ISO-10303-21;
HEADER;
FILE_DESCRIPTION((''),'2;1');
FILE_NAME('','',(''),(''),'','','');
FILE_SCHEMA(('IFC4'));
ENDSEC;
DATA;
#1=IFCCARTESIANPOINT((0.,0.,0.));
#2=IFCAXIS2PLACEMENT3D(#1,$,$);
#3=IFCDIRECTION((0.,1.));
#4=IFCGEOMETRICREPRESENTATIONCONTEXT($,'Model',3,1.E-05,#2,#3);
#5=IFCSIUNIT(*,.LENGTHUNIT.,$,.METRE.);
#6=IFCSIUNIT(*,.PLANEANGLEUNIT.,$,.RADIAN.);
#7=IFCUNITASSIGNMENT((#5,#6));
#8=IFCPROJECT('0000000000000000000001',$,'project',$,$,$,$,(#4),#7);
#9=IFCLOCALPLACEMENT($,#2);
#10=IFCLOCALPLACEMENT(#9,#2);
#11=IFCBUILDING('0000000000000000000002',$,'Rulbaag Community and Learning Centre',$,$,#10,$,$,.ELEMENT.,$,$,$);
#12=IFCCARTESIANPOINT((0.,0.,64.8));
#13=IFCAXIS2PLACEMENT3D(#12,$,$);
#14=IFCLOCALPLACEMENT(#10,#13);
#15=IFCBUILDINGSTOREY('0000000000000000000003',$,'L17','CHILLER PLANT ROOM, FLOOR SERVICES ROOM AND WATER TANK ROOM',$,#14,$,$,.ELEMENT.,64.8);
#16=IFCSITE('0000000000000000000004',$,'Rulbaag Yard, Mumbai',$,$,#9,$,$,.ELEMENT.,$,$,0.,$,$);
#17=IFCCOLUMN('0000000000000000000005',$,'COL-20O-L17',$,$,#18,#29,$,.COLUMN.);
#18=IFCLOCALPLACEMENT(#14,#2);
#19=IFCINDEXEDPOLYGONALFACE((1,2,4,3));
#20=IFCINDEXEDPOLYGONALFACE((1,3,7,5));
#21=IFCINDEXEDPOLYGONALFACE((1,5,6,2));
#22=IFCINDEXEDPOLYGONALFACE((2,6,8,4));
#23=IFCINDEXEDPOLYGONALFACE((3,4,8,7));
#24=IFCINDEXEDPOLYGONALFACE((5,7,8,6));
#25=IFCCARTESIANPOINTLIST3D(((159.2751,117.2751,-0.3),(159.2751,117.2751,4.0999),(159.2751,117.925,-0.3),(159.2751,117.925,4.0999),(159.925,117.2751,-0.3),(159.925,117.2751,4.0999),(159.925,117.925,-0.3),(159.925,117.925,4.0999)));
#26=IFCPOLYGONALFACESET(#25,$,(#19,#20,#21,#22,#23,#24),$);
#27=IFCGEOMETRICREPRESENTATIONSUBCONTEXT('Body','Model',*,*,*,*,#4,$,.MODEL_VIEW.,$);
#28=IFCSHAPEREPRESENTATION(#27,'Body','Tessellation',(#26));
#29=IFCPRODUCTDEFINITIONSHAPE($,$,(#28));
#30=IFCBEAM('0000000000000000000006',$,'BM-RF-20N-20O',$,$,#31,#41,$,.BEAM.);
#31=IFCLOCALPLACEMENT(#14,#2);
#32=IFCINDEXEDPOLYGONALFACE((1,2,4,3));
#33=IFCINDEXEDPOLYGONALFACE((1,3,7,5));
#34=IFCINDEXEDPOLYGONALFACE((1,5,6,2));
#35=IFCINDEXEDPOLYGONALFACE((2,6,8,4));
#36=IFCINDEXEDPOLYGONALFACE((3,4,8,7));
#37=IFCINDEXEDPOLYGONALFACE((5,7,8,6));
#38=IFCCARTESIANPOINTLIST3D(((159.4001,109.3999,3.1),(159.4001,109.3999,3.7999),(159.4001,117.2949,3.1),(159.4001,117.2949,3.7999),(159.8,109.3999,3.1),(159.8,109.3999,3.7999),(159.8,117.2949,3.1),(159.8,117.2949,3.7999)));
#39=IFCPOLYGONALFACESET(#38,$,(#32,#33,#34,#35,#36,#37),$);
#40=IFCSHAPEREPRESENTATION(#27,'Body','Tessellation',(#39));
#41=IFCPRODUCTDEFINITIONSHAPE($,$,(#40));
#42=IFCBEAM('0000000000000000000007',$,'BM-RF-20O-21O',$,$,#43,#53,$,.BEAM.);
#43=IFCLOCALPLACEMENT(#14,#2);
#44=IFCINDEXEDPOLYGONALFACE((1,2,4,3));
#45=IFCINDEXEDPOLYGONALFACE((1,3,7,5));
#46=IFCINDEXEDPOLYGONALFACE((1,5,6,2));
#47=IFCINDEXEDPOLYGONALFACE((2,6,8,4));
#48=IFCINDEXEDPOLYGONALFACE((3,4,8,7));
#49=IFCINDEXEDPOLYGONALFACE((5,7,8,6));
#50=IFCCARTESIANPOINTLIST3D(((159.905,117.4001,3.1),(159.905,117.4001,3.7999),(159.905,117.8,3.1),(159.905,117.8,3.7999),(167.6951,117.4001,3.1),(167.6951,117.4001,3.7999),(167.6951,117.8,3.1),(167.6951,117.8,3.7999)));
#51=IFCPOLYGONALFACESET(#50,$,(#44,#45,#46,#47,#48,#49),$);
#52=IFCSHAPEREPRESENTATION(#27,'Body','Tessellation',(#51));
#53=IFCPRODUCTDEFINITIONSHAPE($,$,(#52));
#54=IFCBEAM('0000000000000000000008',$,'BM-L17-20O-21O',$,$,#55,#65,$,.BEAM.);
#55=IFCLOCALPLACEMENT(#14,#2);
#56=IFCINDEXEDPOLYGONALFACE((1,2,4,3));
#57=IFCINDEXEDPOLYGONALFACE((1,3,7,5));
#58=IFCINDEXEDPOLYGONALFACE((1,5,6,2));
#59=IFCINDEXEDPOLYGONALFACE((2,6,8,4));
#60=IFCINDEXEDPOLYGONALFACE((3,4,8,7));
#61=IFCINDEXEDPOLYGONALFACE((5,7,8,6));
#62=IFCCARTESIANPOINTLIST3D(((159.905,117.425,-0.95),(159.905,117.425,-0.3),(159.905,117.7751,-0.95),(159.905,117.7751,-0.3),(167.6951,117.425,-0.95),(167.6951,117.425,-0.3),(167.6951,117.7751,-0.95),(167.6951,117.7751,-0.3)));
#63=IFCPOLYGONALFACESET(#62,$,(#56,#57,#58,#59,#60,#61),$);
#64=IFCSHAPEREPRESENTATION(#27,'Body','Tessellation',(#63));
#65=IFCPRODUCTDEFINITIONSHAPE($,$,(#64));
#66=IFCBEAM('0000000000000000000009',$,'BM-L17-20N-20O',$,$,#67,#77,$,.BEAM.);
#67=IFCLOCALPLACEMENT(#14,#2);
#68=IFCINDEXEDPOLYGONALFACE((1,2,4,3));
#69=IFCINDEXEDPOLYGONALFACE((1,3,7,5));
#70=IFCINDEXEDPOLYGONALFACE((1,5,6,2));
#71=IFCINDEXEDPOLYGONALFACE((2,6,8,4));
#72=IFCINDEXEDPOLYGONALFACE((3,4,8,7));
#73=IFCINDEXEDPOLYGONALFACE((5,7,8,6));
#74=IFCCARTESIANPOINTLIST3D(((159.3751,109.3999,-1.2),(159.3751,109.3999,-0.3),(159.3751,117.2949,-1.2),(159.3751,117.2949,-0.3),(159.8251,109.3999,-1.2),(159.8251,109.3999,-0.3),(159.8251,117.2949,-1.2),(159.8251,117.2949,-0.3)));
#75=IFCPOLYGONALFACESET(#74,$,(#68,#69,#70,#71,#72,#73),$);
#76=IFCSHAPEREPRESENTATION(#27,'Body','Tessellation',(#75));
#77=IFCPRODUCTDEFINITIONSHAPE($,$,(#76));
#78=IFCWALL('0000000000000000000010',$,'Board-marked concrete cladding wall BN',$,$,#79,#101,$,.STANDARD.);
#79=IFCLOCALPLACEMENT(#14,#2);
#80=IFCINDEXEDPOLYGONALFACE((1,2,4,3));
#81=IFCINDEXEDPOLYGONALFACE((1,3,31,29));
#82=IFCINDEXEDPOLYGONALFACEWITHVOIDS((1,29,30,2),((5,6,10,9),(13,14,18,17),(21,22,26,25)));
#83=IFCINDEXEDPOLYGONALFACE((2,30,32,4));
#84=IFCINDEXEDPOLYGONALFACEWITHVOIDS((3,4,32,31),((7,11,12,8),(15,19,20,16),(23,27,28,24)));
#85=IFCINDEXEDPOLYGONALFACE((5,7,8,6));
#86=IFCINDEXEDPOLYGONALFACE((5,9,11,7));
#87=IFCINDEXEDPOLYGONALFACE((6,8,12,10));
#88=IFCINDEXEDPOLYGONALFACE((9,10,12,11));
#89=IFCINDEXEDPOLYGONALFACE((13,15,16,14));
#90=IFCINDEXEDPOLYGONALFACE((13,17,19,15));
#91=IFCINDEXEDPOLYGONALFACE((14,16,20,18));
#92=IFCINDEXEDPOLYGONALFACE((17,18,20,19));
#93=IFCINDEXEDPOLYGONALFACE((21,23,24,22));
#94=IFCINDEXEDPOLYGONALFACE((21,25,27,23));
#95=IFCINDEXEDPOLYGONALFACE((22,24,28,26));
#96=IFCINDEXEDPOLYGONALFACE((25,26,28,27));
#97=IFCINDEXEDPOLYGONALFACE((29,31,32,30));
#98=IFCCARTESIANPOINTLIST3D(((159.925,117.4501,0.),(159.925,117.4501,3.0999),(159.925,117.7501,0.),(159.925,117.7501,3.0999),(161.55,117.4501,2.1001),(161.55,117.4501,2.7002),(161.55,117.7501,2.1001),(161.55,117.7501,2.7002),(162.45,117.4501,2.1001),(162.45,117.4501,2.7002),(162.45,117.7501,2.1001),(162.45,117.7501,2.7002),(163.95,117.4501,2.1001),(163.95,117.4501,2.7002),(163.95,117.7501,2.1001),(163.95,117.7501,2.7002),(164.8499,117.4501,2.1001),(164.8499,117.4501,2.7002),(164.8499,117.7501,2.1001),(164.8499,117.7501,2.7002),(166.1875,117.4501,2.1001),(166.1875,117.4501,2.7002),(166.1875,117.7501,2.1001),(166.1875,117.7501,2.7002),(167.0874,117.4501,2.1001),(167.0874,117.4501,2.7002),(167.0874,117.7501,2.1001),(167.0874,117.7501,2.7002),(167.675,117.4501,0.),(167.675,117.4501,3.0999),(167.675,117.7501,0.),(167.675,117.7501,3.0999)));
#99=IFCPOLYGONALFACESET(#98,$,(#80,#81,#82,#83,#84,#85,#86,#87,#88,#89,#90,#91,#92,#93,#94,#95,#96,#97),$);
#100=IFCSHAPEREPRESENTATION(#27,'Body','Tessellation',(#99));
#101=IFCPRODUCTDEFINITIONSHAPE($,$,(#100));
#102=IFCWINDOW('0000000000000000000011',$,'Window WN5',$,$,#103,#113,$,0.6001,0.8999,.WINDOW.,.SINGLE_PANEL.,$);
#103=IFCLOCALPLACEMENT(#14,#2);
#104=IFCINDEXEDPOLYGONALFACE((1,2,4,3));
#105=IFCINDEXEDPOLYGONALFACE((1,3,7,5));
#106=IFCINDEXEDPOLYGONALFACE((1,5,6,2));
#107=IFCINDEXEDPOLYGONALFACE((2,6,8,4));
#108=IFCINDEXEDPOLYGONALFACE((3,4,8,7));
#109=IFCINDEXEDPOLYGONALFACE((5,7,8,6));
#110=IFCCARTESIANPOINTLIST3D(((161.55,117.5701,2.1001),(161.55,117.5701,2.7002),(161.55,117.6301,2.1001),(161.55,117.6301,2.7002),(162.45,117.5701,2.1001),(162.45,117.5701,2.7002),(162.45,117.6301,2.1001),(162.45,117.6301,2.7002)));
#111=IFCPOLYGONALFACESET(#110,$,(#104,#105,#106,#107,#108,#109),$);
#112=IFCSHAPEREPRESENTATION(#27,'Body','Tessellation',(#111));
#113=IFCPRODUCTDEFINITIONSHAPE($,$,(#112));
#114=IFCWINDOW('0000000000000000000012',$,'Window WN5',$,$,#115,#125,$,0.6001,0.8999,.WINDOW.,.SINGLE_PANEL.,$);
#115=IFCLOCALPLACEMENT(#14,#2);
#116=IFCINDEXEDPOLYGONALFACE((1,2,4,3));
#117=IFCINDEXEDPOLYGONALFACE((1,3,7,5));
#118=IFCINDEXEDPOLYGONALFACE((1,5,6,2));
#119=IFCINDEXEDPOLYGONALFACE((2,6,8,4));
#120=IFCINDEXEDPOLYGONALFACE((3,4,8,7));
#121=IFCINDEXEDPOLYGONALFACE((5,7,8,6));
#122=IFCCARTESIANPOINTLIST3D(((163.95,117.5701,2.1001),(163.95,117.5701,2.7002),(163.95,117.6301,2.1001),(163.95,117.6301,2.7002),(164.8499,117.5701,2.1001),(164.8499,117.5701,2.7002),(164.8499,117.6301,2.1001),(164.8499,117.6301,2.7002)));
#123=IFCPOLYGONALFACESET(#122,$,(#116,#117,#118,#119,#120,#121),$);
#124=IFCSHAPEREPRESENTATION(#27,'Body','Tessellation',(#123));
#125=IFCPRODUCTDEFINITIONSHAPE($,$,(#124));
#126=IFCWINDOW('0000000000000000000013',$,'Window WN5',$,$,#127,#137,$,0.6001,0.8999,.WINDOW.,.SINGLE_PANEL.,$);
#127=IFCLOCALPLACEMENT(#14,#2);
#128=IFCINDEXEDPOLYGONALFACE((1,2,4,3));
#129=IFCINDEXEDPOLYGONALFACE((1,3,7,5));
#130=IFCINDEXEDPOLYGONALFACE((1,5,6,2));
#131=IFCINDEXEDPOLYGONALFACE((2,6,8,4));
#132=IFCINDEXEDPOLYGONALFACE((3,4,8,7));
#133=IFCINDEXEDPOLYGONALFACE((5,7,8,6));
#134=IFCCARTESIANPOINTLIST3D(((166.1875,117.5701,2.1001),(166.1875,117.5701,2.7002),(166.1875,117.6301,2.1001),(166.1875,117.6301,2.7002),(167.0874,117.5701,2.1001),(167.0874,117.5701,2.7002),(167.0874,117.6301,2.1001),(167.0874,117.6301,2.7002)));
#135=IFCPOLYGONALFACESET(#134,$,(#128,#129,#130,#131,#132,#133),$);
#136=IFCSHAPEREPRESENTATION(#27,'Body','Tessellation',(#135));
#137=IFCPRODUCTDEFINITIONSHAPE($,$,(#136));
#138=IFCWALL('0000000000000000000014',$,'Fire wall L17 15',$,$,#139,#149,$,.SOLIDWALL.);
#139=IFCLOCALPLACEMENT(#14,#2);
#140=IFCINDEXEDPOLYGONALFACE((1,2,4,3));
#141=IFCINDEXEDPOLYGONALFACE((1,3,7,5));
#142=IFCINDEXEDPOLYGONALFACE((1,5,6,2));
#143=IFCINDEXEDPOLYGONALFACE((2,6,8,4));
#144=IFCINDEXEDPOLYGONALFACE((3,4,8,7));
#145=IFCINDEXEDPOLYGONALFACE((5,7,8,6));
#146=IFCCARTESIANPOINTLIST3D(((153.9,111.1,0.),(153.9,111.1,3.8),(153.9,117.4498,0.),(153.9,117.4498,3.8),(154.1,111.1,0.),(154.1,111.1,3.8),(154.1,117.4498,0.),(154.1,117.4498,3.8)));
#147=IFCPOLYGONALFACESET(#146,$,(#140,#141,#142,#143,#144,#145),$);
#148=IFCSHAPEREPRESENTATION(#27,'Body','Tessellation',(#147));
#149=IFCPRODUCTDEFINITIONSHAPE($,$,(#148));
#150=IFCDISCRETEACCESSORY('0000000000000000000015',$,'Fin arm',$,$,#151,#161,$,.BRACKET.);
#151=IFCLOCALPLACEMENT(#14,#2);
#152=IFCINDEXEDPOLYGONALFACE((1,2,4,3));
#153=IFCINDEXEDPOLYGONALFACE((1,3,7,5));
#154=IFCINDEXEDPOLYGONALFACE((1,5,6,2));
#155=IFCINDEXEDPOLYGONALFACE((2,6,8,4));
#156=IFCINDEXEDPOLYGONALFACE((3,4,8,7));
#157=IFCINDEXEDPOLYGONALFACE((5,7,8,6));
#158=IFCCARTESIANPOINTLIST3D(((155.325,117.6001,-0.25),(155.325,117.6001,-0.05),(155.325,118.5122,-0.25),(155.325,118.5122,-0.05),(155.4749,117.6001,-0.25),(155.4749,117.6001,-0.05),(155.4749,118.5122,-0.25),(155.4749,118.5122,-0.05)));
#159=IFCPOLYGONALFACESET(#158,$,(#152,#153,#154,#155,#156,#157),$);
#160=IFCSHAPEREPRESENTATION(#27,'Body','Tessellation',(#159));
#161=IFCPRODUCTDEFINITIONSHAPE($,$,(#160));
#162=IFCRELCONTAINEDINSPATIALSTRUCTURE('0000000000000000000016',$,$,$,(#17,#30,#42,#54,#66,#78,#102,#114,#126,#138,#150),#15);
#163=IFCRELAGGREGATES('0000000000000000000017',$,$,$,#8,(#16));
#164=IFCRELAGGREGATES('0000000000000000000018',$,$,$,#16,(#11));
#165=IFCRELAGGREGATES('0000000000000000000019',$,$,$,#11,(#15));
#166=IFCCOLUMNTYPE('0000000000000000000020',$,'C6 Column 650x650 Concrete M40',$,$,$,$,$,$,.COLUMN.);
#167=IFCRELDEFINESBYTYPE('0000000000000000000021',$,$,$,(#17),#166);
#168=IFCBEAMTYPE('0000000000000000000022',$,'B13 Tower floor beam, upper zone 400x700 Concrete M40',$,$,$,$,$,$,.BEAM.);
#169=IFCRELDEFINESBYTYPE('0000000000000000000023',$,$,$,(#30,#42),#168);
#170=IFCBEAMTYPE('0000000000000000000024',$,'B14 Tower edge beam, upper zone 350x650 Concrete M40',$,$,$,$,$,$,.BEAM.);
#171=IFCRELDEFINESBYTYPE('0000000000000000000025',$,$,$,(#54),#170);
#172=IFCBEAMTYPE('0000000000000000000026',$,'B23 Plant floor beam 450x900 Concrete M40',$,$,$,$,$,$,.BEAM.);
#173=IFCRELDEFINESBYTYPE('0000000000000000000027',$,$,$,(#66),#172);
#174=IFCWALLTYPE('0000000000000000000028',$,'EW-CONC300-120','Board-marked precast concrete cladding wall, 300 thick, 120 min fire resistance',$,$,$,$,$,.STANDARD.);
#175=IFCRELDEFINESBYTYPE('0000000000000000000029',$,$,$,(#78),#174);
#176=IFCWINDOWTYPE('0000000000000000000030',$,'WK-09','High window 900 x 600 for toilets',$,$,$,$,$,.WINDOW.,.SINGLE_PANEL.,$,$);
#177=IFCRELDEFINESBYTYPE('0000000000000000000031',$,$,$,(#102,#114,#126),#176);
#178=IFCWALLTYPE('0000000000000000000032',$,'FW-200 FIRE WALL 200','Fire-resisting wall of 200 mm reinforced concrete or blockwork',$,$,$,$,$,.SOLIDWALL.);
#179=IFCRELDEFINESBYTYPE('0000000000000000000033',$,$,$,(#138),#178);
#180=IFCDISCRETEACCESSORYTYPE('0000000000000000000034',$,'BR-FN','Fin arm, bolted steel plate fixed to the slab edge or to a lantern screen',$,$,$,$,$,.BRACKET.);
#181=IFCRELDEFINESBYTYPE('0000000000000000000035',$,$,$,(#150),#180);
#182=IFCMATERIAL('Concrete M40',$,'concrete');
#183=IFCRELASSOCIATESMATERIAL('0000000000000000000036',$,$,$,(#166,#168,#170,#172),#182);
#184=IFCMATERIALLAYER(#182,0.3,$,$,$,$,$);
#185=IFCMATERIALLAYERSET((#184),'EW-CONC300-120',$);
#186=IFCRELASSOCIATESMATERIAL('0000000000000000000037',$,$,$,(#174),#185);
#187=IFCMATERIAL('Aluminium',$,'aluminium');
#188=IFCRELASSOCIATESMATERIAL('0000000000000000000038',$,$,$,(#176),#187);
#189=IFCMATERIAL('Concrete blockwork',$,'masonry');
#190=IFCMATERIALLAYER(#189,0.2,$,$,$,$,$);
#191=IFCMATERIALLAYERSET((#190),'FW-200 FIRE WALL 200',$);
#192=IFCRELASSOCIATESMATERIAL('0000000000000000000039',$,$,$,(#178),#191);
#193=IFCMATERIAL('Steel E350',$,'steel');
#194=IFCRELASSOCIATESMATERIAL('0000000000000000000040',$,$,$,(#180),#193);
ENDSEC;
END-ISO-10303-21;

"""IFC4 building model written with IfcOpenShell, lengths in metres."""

from ifc_helpers import new_model, si_unit, direction, frame, frame_2d, origin, origin_2d, place, context, subcontext, project, spatial, rectangle, extrude, material, layer, layer_set, material_profile, profile_set, type_object, element, fill, save


model = new_model("IFC4")

# Units and contexts
model_context = context("Model", 3, precision=1e-05, world=origin(), true_north=direction((0.0, 1.0)))
body_context = subcontext(model_context, "Body", "Model", "MODEL_VIEW")
ifc_project = project(units=[si_unit("LENGTHUNIT", "METRE"), si_unit("PLANEANGLEUNIT", "RADIAN")], contexts=[model_context])

# Site, building, storey
site_placement = place(None, origin())
site = spatial("IfcSite", under=ifc_project, at=site_placement, Name="Rulbaag Yard, Mumbai", CompositionType="ELEMENT", RefElevation=0.0)
building_placement = place(site_placement, origin())
building = spatial("IfcBuilding", under=site, at=building_placement, Name="Rulbaag Community and Learning Centre", CompositionType="ELEMENT")
storey_placement = place(building_placement, frame((0.0, 0.0, 64.8)))
storey = spatial("IfcBuildingStorey", under=building, at=storey_placement, Name="L17", Description="CHILLER PLANT ROOM, FLOOR SERVICES ROOM AND WATER TANK ROOM", CompositionType="ELEMENT", Elevation=64.8)

# Column
ifc_material_1 = material(Name="Concrete M40", Category="concrete")
ifc_material_profile_1 = material_profile(ifc_material_1, rectangle(XDim=0.6499, YDim=0.6499, at=origin_2d()), Name="RC650x650")
ifc_profile_set_1 = profile_set([ifc_material_profile_1], Name="Concrete M40")
column_type = type_object("IfcColumnType", Name="C6 Column 650x650 Concrete M40", PredefinedType="COLUMN", material=ifc_profile_set_1)
column_placement = place(storey_placement, frame((159.6001, 117.6001, -0.3), z_axis=(0.0, 0.0, 1.0), x_axis=(1.0, 0.0, 0.0)))
element("IfcColumn", 1, at=column_placement, inside=storey, type_object=column_type, Name="COL-20O-L17", PredefinedType="COLUMN", context=body_context, shape_type="SweptSolid", body=[
    extrude(rectangle(XDim=0.6499, YDim=0.6499, at=origin_2d()), origin(), (0.0, 0.0, 1.0), 4.3999),
])

# Beams
ifc_material_profile_2 = material_profile(ifc_material_1, rectangle(XDim=0.3999, YDim=0.7, at=origin_2d()), Name="RB400x700")
ifc_profile_set_2 = profile_set([ifc_material_profile_2], Name="Concrete M40")
beam_type_1 = type_object("IfcBeamType", Name="B13 Tower floor beam, upper zone 400x700 Concrete M40", PredefinedType="BEAM", material=ifc_profile_set_2)
beam_1_placement = place(storey_placement, frame((159.6001, 109.3999, 3.45), z_axis=(0.0, 1.0, 0.0), x_axis=(-1.0, 0.0, 0.0)))
element("IfcBeam", 2, at=beam_1_placement, inside=storey, type_object=beam_type_1, Name="BM-RF-20N-20O", PredefinedType="BEAM", context=body_context, shape_type="SweptSolid", body=[
    extrude(rectangle(XDim=0.3999, YDim=0.7, at=origin_2d()), origin(), (0.0, 0.0, 1.0), 7.895),
])
beam_2_placement = place(storey_placement, frame((159.905, 117.6001, 3.45), z_axis=(1.0, 0.0, 0.0), x_axis=(0.0, 1.0, 0.0)))
element("IfcBeam", 3, at=beam_2_placement, inside=storey, type_object=beam_type_1, Name="BM-RF-20O-21O", PredefinedType="BEAM", context=body_context, shape_type="SweptSolid", body=[
    extrude(rectangle(XDim=0.3999, YDim=0.7, at=origin_2d()), origin(), (0.0, 0.0, 1.0), 7.79),
])
ifc_material_profile_3 = material_profile(ifc_material_1, rectangle(XDim=0.3501, YDim=0.6499, at=origin_2d()), Name="RB350x650")
ifc_profile_set_3 = profile_set([ifc_material_profile_3], Name="Concrete M40")
beam_type_2 = type_object("IfcBeamType", Name="B14 Tower edge beam, upper zone 350x650 Concrete M40", PredefinedType="BEAM", material=ifc_profile_set_3)
beam_3_placement = place(storey_placement, frame((159.905, 117.6001, -0.625), z_axis=(1.0, 0.0, 0.0), x_axis=(0.0, 1.0, 0.0)))
element("IfcBeam", 4, at=beam_3_placement, inside=storey, type_object=beam_type_2, Name="BM-L17-20O-21O", PredefinedType="BEAM", context=body_context, shape_type="SweptSolid", body=[
    extrude(rectangle(XDim=0.3501, YDim=0.6499, at=origin_2d()), origin(), (0.0, 0.0, 1.0), 7.79),
])
ifc_material_profile_4 = material_profile(ifc_material_1, rectangle(XDim=0.45, YDim=0.8999, at=origin_2d()), Name="RB450x900")
ifc_profile_set_4 = profile_set([ifc_material_profile_4], Name="Concrete M40")
beam_type_3 = type_object("IfcBeamType", Name="B23 Plant floor beam 450x900 Concrete M40", PredefinedType="BEAM", material=ifc_profile_set_4)
beam_4_placement = place(storey_placement, frame((159.6001, 109.3999, -0.75), z_axis=(0.0, 1.0, 0.0), x_axis=(-1.0, 0.0, 0.0)))
element("IfcBeam", 5, at=beam_4_placement, inside=storey, type_object=beam_type_3, Name="BM-L17-20N-20O", PredefinedType="BEAM", context=body_context, shape_type="SweptSolid", body=[
    extrude(rectangle(XDim=0.45, YDim=0.8999, at=origin_2d()), origin(), (0.0, 0.0, 1.0), 7.895),
])

# Wall, openings, windows
ifc_layer_1 = layer(ifc_material_1, 0.3)
ifc_layer_set_1 = layer_set([ifc_layer_1], Name="EW-CONC300-120")
wall_type_1 = type_object("IfcWallType", Name="EW-CONC300-120", Description="Board-marked precast concrete cladding wall, 300 thick, 120 min fire resistance", PredefinedType="STANDARD", material=ifc_layer_set_1)
wall_1_placement = place(storey_placement, frame((159.925, 117.6001, 0.0), z_axis=(0.0, 0.0, 1.0), x_axis=(1.0, 0.0, 0.0)))
wall_1 = element("IfcWall", 6, at=wall_1_placement, inside=storey, type_object=wall_type_1, Name="Board-marked concrete cladding wall BN", PredefinedType="STANDARD", context=body_context, shape_type="SweptSolid", body=[
    extrude(rectangle(XDim=7.75, YDim=0.3, at=frame_2d((3.875, 0.0))), origin(), (0.0, 0.0, 1.0), 3.0999),
])
opening_1_placement = place(wall_1_placement, frame((1.625, 0.0, 2.1001)))
opening_1 = element("IfcOpeningElement", 7, at=opening_1_placement, cuts=wall_1, PredefinedType="OPENING", context=body_context, shape_type="SweptSolid", body=[
    extrude(rectangle(XDim=0.8999, YDim=0.6001, at=frame_2d((0.45, 0.3))), frame((0.0, 0.1599, 0.0), z_axis=(0.0, -1.0, 0.0), x_axis=(1.0, 0.0, 0.0)), (0.0, 0.0, 1.0), 0.3201),
])
opening_2_placement = place(wall_1_placement, frame((4.0249, 0.0, 2.1001)))
opening_2 = element("IfcOpeningElement", 8, at=opening_2_placement, cuts=wall_1, PredefinedType="OPENING", context=body_context, shape_type="SweptSolid", body=[
    extrude(rectangle(XDim=0.8999, YDim=0.6001, at=frame_2d((0.45, 0.3))), frame((0.0, 0.1599, 0.0), z_axis=(0.0, -1.0, 0.0), x_axis=(1.0, 0.0, 0.0)), (0.0, 0.0, 1.0), 0.3201),
])
opening_3_placement = place(wall_1_placement, frame((6.2625, 0.0, 2.1001)))
opening_3 = element("IfcOpeningElement", 9, at=opening_3_placement, cuts=wall_1, PredefinedType="OPENING", context=body_context, shape_type="SweptSolid", body=[
    extrude(rectangle(XDim=0.8999, YDim=0.6001, at=frame_2d((0.45, 0.3))), frame((0.0, 0.1599, 0.0), z_axis=(0.0, -1.0, 0.0), x_axis=(1.0, 0.0, 0.0)), (0.0, 0.0, 1.0), 0.3201),
])
ifc_material_2 = material(Name="Aluminium", Category="aluminium")
window_type = type_object("IfcWindowType", Name="WK-09", Description="High window 900 x 600 for toilets", PartitioningType="SINGLE_PANEL", PredefinedType="WINDOW", material=ifc_material_2)
window_1_placement = place(opening_1_placement, origin())
window_1 = element("IfcWindow", 10, at=window_1_placement, inside=storey, type_object=window_type, Name="Window WN5", OverallHeight=0.6001, OverallWidth=0.8999, PartitioningType="SINGLE_PANEL", PredefinedType="WINDOW", context=body_context, shape_type="SweptSolid", body=[
    extrude(rectangle(XDim=0.8999, YDim=0.6001, at=frame_2d((0.45, 0.3))), frame((0.0, 0.03, 0.0), z_axis=(0.0, -1.0, 0.0), x_axis=(1.0, 0.0, 0.0)), (0.0, 0.0, 1.0), 0.0601),
])
fill(opening_1, window_1)
window_2_placement = place(opening_2_placement, origin())
window_2 = element("IfcWindow", 11, at=window_2_placement, inside=storey, type_object=window_type, Name="Window WN5", OverallHeight=0.6001, OverallWidth=0.8999, PartitioningType="SINGLE_PANEL", PredefinedType="WINDOW", context=body_context, shape_type="SweptSolid", body=[
    extrude(rectangle(XDim=0.8999, YDim=0.6001, at=frame_2d((0.45, 0.3))), frame((0.0, 0.03, 0.0), z_axis=(0.0, -1.0, 0.0), x_axis=(1.0, 0.0, 0.0)), (0.0, 0.0, 1.0), 0.0601),
])
fill(opening_2, window_2)
window_3_placement = place(opening_3_placement, origin())
window_3 = element("IfcWindow", 12, at=window_3_placement, inside=storey, type_object=window_type, Name="Window WN5", OverallHeight=0.6001, OverallWidth=0.8999, PartitioningType="SINGLE_PANEL", PredefinedType="WINDOW", context=body_context, shape_type="SweptSolid", body=[
    extrude(rectangle(XDim=0.8999, YDim=0.6001, at=frame_2d((0.45, 0.3))), frame((0.0, 0.03, 0.0), z_axis=(0.0, -1.0, 0.0), x_axis=(1.0, 0.0, 0.0)), (0.0, 0.0, 1.0), 0.0601),
])
fill(opening_3, window_3)

# Wall
ifc_material_3 = material(Name="Concrete blockwork", Category="masonry")
ifc_layer_2 = layer(ifc_material_3, 0.2)
ifc_layer_set_2 = layer_set([ifc_layer_2], Name="FW-200 FIRE WALL 200")
wall_type_2 = type_object("IfcWallType", Name="FW-200 FIRE WALL 200", Description="Fire-resisting wall of 200 mm reinforced concrete or blockwork", PredefinedType="SOLIDWALL", material=ifc_layer_set_2)
wall_2_placement = place(storey_placement, frame((154.0, 111.1001, 0.0), z_axis=(0.0, 0.0, 1.0), x_axis=(0.0, 1.0, 0.0)))
element("IfcWall", 13, at=wall_2_placement, inside=storey, type_object=wall_type_2, Name="Fire wall L17 15", PredefinedType="SOLIDWALL", context=body_context, shape_type="SweptSolid", body=[
    extrude(rectangle(XDim=6.3499, YDim=0.2, at=frame_2d((3.1748, 0.0))), origin(), (0.0, 0.0, 1.0), 3.8),
])

# Discrete accessory
ifc_material_4 = material(Name="Steel E350", Category="steel")
discrete_accessory_type_1 = type_object("IfcDiscreteAccessoryType", Name="BR-FN", Description="Fin arm, bolted steel plate fixed to the slab edge or to a lantern screen", PredefinedType="BRACKET", material=ifc_material_4)
discrete_accessory_1_placement = place(storey_placement, frame((155.3999, 118.0562, -0.25), z_axis=(0.0, 0.0, 1.0), x_axis=(1.0, 0.0, 0.0)))
element("IfcDiscreteAccessory", 14, at=discrete_accessory_1_placement, inside=storey, type_object=discrete_accessory_type_1, Name="Fin arm", PredefinedType="BRACKET", context=body_context, shape_type="SweptSolid", body=[
    extrude(rectangle(XDim=0.1499, YDim=0.9121, at=origin_2d()), origin(), (0.0, 0.0, 1.0), 0.2),
])

save(model, "model.ifc")
